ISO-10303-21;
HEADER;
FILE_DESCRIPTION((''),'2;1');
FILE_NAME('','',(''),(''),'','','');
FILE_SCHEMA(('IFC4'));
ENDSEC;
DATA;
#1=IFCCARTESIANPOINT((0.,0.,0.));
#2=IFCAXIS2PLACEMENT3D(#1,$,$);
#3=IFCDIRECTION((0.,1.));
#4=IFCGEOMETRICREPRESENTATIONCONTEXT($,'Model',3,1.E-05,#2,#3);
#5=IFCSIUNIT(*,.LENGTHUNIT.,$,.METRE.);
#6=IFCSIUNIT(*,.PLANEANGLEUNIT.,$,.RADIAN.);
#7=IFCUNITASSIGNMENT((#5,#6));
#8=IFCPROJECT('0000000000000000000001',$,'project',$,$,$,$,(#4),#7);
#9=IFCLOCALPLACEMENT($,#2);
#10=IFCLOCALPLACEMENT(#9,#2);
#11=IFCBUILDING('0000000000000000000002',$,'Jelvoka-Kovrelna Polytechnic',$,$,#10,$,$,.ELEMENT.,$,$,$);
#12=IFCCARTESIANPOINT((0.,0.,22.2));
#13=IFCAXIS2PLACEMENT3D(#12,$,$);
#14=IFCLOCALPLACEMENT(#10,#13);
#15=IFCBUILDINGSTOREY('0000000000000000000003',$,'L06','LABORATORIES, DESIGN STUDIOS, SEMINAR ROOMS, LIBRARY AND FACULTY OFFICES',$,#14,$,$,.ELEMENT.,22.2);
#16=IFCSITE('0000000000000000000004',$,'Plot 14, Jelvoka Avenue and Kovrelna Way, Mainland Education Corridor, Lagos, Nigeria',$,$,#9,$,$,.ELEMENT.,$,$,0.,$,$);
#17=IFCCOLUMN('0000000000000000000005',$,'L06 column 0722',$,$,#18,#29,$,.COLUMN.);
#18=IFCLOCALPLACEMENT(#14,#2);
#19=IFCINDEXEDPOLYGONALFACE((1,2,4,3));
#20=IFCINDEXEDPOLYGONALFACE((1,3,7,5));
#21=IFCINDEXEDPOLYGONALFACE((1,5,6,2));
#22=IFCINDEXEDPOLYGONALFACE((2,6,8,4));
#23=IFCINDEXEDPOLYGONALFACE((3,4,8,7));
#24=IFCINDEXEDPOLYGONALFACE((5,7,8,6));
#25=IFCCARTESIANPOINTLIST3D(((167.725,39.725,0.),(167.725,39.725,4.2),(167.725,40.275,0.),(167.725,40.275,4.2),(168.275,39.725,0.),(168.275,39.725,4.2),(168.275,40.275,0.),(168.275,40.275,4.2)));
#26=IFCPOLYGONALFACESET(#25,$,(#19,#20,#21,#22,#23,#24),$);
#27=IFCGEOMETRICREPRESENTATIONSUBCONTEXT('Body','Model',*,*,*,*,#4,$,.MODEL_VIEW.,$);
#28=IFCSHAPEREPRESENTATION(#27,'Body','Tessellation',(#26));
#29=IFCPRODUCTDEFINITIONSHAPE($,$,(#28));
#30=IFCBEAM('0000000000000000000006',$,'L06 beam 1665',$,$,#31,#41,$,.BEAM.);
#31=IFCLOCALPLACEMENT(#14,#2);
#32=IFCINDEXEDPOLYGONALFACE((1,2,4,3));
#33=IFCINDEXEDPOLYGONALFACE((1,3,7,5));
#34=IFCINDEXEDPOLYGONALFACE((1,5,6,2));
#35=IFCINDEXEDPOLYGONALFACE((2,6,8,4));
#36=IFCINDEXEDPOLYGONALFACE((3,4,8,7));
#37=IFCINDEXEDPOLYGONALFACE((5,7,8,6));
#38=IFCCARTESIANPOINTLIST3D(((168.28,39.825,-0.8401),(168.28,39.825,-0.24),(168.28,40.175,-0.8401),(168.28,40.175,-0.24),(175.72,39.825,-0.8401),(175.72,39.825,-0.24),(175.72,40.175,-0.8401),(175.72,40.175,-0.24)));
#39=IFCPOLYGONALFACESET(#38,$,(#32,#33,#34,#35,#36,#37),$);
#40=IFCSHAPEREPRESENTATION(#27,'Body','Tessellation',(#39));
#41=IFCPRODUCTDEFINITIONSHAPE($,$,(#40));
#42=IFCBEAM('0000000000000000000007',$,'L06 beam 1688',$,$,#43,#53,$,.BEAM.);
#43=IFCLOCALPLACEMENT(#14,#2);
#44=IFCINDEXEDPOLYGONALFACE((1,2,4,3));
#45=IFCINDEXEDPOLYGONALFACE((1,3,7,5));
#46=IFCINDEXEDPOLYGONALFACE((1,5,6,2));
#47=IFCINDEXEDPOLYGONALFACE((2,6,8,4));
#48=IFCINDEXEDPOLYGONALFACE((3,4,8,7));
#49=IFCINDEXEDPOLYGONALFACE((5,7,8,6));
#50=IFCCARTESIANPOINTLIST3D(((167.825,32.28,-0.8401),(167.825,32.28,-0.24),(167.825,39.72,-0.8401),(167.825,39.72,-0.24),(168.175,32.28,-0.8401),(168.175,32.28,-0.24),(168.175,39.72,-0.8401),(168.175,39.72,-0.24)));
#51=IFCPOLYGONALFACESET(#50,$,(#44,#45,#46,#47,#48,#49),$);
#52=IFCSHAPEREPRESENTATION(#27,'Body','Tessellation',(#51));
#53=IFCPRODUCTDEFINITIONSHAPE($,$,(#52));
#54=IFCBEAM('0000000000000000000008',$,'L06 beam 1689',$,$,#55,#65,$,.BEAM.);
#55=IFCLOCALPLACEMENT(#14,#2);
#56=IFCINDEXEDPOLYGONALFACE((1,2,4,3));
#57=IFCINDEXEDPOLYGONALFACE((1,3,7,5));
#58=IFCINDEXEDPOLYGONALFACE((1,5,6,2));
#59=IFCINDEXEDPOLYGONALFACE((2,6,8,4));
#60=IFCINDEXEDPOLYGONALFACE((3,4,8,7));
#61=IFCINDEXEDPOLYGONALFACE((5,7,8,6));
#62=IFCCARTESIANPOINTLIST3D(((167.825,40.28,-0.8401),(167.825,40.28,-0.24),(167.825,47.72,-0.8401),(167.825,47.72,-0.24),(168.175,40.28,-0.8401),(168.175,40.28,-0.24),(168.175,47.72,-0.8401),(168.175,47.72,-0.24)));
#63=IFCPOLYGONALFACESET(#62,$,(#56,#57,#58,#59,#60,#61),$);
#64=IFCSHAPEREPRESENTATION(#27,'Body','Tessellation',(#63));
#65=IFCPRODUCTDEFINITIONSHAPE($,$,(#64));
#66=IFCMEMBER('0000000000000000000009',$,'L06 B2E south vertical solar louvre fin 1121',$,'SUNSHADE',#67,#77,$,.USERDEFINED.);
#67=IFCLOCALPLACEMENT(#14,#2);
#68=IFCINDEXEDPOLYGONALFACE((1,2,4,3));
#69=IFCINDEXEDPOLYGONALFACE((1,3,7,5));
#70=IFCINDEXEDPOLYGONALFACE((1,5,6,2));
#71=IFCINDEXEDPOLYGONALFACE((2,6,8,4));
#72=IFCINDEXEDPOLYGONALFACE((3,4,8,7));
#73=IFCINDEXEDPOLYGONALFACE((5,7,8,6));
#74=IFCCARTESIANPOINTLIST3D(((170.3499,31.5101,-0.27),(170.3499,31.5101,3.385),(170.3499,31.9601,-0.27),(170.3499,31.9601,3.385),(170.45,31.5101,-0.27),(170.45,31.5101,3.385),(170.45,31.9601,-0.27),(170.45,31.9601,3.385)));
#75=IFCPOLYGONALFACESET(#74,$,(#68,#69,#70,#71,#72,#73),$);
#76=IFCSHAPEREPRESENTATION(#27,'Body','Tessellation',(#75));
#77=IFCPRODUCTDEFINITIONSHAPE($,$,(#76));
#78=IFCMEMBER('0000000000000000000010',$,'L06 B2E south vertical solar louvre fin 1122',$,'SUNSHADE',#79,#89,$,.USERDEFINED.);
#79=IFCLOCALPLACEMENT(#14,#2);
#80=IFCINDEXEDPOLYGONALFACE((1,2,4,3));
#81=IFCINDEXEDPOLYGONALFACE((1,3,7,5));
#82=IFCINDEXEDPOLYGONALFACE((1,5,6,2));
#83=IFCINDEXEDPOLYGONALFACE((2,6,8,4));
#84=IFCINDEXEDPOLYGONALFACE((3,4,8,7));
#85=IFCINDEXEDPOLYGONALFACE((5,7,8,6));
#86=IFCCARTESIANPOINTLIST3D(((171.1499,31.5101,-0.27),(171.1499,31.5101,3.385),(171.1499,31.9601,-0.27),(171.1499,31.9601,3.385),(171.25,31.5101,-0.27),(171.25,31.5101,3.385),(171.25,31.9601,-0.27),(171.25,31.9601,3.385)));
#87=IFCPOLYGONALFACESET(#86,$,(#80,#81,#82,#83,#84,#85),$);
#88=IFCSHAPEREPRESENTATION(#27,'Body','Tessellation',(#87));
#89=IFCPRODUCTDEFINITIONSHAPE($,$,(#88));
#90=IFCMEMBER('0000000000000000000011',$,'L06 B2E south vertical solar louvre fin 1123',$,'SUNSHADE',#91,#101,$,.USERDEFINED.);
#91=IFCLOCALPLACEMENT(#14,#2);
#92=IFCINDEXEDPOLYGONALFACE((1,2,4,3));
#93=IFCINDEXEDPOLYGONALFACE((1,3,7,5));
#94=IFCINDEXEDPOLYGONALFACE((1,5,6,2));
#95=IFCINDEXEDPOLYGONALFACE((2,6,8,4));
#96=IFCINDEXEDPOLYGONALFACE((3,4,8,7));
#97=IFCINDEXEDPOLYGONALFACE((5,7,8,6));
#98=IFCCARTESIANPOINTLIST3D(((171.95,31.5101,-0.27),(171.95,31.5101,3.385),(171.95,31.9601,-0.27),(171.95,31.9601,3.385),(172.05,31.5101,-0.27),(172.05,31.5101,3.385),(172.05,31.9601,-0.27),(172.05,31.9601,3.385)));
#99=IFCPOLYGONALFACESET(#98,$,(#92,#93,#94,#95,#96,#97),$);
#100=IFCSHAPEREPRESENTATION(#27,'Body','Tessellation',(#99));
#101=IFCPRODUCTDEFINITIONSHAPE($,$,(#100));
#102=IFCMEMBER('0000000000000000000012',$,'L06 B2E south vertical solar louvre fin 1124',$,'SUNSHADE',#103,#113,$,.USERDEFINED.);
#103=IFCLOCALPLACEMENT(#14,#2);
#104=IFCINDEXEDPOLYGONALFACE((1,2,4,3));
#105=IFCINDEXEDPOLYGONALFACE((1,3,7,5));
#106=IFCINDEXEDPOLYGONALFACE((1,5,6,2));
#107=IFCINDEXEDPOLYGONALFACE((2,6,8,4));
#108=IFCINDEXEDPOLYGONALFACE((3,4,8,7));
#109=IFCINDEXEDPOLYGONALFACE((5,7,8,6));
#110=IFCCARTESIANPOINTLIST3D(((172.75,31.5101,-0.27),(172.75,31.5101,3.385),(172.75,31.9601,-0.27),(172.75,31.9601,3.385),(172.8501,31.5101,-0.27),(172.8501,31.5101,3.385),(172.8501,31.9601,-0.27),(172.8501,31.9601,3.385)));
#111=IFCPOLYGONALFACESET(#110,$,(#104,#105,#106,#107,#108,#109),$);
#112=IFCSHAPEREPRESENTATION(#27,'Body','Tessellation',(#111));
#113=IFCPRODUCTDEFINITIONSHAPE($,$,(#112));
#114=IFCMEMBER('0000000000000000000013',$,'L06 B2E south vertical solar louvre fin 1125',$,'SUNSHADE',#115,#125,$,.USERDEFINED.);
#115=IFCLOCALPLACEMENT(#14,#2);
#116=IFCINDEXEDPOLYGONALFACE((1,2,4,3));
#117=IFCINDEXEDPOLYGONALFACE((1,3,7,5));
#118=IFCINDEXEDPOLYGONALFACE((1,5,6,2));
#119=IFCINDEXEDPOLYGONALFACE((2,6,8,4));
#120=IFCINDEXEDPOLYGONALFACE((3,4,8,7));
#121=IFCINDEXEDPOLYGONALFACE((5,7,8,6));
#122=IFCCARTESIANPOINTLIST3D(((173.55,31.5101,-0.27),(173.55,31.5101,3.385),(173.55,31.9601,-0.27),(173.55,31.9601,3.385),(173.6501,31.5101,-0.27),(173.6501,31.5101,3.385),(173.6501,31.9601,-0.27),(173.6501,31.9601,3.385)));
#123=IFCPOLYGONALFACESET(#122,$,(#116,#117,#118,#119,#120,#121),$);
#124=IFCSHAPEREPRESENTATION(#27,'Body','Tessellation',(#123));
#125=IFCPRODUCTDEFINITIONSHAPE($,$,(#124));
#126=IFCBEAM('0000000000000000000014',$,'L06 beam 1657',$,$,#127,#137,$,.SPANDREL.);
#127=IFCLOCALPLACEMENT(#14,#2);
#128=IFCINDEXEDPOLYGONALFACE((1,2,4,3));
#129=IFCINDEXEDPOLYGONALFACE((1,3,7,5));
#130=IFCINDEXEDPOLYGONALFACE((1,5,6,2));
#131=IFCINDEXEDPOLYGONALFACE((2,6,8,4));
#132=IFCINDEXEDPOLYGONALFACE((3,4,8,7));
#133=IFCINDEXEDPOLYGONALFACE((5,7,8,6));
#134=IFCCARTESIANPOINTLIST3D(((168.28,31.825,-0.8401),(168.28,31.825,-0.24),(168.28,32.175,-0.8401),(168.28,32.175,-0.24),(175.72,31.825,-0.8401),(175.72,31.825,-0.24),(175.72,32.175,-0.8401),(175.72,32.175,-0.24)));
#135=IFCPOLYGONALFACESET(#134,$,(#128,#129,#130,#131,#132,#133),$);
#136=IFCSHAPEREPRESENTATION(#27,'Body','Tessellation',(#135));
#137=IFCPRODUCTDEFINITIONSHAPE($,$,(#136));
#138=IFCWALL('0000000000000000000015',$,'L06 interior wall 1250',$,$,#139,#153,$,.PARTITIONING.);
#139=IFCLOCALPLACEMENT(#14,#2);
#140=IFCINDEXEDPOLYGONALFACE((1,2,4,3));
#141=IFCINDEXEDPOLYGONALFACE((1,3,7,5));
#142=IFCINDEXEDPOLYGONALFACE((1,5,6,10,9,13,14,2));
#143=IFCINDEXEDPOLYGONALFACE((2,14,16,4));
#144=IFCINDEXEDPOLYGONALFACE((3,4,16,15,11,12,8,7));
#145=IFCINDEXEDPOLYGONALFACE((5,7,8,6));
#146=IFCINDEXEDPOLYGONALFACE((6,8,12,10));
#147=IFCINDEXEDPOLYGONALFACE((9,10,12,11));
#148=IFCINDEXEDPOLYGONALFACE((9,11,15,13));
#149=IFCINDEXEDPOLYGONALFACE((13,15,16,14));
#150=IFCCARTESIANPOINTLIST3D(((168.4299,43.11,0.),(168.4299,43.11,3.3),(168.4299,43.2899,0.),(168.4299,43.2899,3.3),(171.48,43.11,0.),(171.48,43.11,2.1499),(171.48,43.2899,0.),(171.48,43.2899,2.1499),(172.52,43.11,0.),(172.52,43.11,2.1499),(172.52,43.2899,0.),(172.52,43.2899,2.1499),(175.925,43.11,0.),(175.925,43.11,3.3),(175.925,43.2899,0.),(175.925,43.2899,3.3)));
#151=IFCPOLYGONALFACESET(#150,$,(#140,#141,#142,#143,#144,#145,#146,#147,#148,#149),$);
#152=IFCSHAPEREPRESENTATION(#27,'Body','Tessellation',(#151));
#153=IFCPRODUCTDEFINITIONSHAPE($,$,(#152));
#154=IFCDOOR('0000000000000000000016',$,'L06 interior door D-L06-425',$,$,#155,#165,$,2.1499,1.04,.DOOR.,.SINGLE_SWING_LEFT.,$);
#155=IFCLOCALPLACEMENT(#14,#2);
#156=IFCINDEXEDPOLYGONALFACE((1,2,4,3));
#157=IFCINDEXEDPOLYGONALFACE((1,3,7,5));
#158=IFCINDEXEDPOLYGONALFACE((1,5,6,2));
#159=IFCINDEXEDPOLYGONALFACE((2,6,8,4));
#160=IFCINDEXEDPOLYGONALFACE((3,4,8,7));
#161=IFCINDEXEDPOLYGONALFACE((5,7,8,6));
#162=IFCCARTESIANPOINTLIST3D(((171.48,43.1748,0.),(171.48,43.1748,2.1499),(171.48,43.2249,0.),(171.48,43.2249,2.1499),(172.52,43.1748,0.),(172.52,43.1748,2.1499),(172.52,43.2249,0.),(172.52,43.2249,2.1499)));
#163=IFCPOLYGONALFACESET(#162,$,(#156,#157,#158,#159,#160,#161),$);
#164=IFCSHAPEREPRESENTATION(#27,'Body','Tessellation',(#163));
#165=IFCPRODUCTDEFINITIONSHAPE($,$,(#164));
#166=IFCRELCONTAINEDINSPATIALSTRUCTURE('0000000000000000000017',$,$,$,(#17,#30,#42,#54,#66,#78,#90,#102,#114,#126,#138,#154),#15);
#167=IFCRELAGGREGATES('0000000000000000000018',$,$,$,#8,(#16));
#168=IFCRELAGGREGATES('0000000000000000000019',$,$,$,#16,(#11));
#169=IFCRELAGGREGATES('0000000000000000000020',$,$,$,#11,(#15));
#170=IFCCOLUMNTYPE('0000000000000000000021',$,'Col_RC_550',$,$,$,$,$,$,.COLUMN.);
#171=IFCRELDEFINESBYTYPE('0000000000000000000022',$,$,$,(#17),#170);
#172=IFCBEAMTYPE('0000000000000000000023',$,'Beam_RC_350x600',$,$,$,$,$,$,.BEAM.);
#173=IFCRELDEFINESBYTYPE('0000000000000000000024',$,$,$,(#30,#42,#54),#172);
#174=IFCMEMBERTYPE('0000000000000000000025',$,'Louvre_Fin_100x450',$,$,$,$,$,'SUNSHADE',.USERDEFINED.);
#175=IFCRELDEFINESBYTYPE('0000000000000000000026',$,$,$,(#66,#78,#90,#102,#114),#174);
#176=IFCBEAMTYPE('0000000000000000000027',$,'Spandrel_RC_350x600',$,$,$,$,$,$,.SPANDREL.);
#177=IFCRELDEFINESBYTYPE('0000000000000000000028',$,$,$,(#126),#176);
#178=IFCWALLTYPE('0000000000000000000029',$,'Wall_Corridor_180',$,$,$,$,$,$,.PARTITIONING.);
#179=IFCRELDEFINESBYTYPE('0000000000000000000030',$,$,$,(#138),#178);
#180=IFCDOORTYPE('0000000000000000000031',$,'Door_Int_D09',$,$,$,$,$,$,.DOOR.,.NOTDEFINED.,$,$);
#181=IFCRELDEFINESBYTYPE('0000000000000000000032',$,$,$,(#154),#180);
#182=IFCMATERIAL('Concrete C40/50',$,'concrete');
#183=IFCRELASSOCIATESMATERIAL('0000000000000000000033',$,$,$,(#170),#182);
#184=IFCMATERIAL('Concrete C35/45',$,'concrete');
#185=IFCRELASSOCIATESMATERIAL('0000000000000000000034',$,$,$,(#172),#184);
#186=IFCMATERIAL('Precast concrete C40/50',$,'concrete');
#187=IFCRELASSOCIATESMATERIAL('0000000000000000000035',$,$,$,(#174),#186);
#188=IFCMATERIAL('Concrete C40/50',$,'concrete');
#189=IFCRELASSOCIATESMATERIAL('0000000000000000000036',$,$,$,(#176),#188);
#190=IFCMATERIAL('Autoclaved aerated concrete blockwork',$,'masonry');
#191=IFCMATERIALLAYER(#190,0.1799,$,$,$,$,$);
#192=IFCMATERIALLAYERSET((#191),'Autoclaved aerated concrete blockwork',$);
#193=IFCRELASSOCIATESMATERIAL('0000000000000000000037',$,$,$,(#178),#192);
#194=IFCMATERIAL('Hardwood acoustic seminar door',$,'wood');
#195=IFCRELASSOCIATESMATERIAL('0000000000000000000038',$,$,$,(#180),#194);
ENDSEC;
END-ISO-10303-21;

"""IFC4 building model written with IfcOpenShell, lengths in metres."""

from ifc_helpers import new_model, si_unit, direction, frame, frame_2d, origin, origin_2d, place, context, subcontext, project, spatial, rectangle, extrude, material, layer, layer_set, material_profile, profile_set, type_object, element, fill, save


model = new_model("IFC4")

# Units and contexts
model_context = context("Model", 3, precision=1e-05, world=origin(), true_north=direction((0.0, 1.0)))
body_context = subcontext(model_context, "Body", "Model", "MODEL_VIEW")
ifc_project = project(units=[si_unit("LENGTHUNIT", "METRE"), si_unit("PLANEANGLEUNIT", "RADIAN")], contexts=[model_context])

# Site, building, storey
site_placement = place(None, origin())
site = spatial("IfcSite", under=ifc_project, at=site_placement, Name="Plot 14, Jelvoka Avenue and Kovrelna Way, Mainland Education Corridor, Lagos, Nigeria", CompositionType="ELEMENT", RefElevation=0.0)
building_placement = place(site_placement, origin())
building = spatial("IfcBuilding", under=site, at=building_placement, Name="Jelvoka-Kovrelna Polytechnic", CompositionType="ELEMENT")
storey_placement = place(building_placement, frame((0.0, 0.0, 22.2)))
storey = spatial("IfcBuildingStorey", under=building, at=storey_placement, Name="L06", Description="LABORATORIES, DESIGN STUDIOS, SEMINAR ROOMS, LIBRARY AND FACULTY OFFICES", CompositionType="ELEMENT", Elevation=22.2)

# Column
ifc_material_1 = material(Name="Concrete C40/50", Category="concrete")
ifc_material_profile_1 = material_profile(ifc_material_1, rectangle(XDim=0.55, YDim=0.55, at=origin_2d()), Name="RC 550x550")
ifc_profile_set_1 = profile_set([ifc_material_profile_1], Name="Concrete C40/50")
column_type = type_object("IfcColumnType", Name="Col_RC_550", PredefinedType="COLUMN", material=ifc_profile_set_1)
column_placement = place(storey_placement, frame((168.0, 40.0, 0.0), z_axis=(0.0, 0.0, 1.0), x_axis=(1.0, 0.0, 0.0)))
element("IfcColumn", 1, at=column_placement, inside=storey, type_object=column_type, Name="L06 column 0722", PredefinedType="COLUMN", context=body_context, shape_type="SweptSolid", body=[
    extrude(rectangle(XDim=0.55, YDim=0.55, at=origin_2d()), origin(), (0.0, 0.0, 1.0), 4.2),
])

# Beams
ifc_material_2 = material(Name="Concrete C35/45", Category="concrete")
ifc_material_profile_2 = material_profile(ifc_material_2, rectangle(XDim=0.3501, YDim=0.6001, at=origin_2d()), Name="RC 350x600")
ifc_profile_set_2 = profile_set([ifc_material_profile_2], Name="Concrete C35/45")
beam_type_1 = type_object("IfcBeamType", Name="Beam_RC_350x600", PredefinedType="BEAM", material=ifc_profile_set_2)
for number, where, z_axis, x_axis, name in (
    (2, (168.28, 40.0, -0.54), (1.0, 0.0, 0.0), (0.0, 1.0, 0.0), "L06 beam 1665"),
    (3, (168.0, 32.28, -0.54), (0.0, 1.0, 0.0), (-1.0, 0.0, 0.0), "L06 beam 1688"),
    (4, (168.0, 40.28, -0.54), (0.0, 1.0, 0.0), (-1.0, 0.0, 0.0), "L06 beam 1689"),
):
    element("IfcBeam", number, at=place(storey_placement, frame(where, z_axis=z_axis, x_axis=x_axis)), inside=storey, type_object=beam_type_1, Name=name, PredefinedType="BEAM", context=body_context, shape_type="SweptSolid", body=[
        extrude(rectangle(XDim=0.3501, YDim=0.6001, at=origin_2d()), origin(), (0.0, 0.0, 1.0), 7.4399),
    ])

# Members
ifc_material_3 = material(Name="Precast concrete C40/50", Category="concrete")
ifc_material_profile_3 = material_profile(ifc_material_3, rectangle(XDim=0.1001, YDim=0.45, at=origin_2d()), Name="PC 100x450")
ifc_profile_set_3 = profile_set([ifc_material_profile_3], Name="Precast concrete C40/50")
member_type = type_object("IfcMemberType", Name="Louvre_Fin_100x450", ElementType="SUNSHADE", PredefinedType="USERDEFINED", material=ifc_profile_set_3)
for number, where, z_axis, x_axis, name in (
    (5, (170.3999, 31.7351, -0.27), (0.0, 0.0, 1.0), (1.0, 0.0, 0.0), "L06 B2E south vertical solar louvre fin 1121"),
    (6, (171.2, 31.7351, -0.27), (0.0, 0.0, 1.0), (1.0, 0.0, 0.0), "L06 B2E south vertical solar louvre fin 1122"),
    (7, (172.0, 31.7351, -0.27), (0.0, 0.0, 1.0), (1.0, 0.0, 0.0), "L06 B2E south vertical solar louvre fin 1123"),
    (8, (172.8, 31.7351, -0.27), (0.0, 0.0, 1.0), (1.0, 0.0, 0.0), "L06 B2E south vertical solar louvre fin 1124"),
    (9, (173.6001, 31.7351, -0.27), (0.0, 0.0, 1.0), (1.0, 0.0, 0.0), "L06 B2E south vertical solar louvre fin 1125"),
):
    element("IfcMember", number, at=place(storey_placement, frame(where, z_axis=z_axis, x_axis=x_axis)), inside=storey, type_object=member_type, Name=name, ObjectType="SUNSHADE", PredefinedType="USERDEFINED", context=body_context, shape_type="SweptSolid", body=[
        extrude(rectangle(XDim=0.1001, YDim=0.45, at=origin_2d()), origin(), (0.0, 0.0, 1.0), 3.655),
    ])

# Beam
ifc_material_4 = material(Name="Concrete C40/50", Category="concrete")
ifc_material_profile_4 = material_profile(ifc_material_4, rectangle(XDim=0.3501, YDim=0.6001, at=origin_2d()), Name="RC 350x600")
ifc_profile_set_4 = profile_set([ifc_material_profile_4], Name="Concrete C40/50")
beam_type_2 = type_object("IfcBeamType", Name="Spandrel_RC_350x600", PredefinedType="SPANDREL", material=ifc_profile_set_4)
beam_placement = place(storey_placement, frame((168.28, 32.0, -0.54), z_axis=(1.0, 0.0, 0.0), x_axis=(0.0, 1.0, 0.0)))
element("IfcBeam", 10, at=beam_placement, inside=storey, type_object=beam_type_2, Name="L06 beam 1657", PredefinedType="SPANDREL", context=body_context, shape_type="SweptSolid", body=[
    extrude(rectangle(XDim=0.3501, YDim=0.6001, at=origin_2d()), origin(), (0.0, 0.0, 1.0), 7.4399),
])

# Wall, opening, door
ifc_material_5 = material(Name="Autoclaved aerated concrete blockwork", Category="masonry")
ifc_layer_1 = layer(ifc_material_5, 0.1799)
ifc_layer_set_1 = layer_set([ifc_layer_1], Name="Autoclaved aerated concrete blockwork")
wall_type_1 = type_object("IfcWallType", Name="Wall_Corridor_180", PredefinedType="PARTITIONING", material=ifc_layer_set_1)
wall_1_placement = place(storey_placement, frame((168.4299, 43.2, 0.0), z_axis=(0.0, 0.0, 1.0), x_axis=(1.0, 0.0, 0.0)))
wall_1 = element("IfcWall", 11, at=wall_1_placement, inside=storey, type_object=wall_type_1, Name="L06 interior wall 1250", PredefinedType="PARTITIONING", context=body_context, shape_type="SweptSolid", body=[
    extrude(rectangle(XDim=7.4951, YDim=0.1799, at=frame_2d((3.7476, 0.0))), origin(), (0.0, 0.0, 1.0), 3.3),
])
opening_1_placement = place(wall_1_placement, frame((3.05, 0.0, 0.0)))
opening_1 = element("IfcOpeningElement", 12, at=opening_1_placement, cuts=wall_1, PredefinedType="OPENING", context=body_context, shape_type="SweptSolid", body=[
    extrude(rectangle(XDim=1.04, YDim=2.1499, at=frame_2d((0.52, 1.075))), frame((0.0, 0.0999, 0.0), z_axis=(0.0, -1.0, 0.0), x_axis=(1.0, 0.0, 0.0)), (0.0, 0.0, 1.0), 0.2),
])
ifc_material_6 = material(Name="Hardwood acoustic seminar door", Category="wood")
door_type_1 = type_object("IfcDoorType", Name="Door_Int_D09", OperationType="NOTDEFINED", PredefinedType="DOOR", material=ifc_material_6)
door_1_placement = place(opening_1_placement, origin())
door_1 = element("IfcDoor", 13, at=door_1_placement, inside=storey, type_object=door_type_1, Name="L06 interior door D-L06-425", OperationType="SINGLE_SWING_LEFT", OverallHeight=2.1499, OverallWidth=1.04, PredefinedType="DOOR", context=body_context, shape_type="SweptSolid", body=[
    extrude(rectangle(XDim=1.04, YDim=2.1499, at=frame_2d((0.52, 1.075))), frame((0.0, 0.0249, 0.0), z_axis=(0.0, -1.0, 0.0), x_axis=(1.0, 0.0, 0.0)), (0.0, 0.0, 1.0), 0.05),
])
fill(opening_1, door_1)

save(model, "model.ifc")
